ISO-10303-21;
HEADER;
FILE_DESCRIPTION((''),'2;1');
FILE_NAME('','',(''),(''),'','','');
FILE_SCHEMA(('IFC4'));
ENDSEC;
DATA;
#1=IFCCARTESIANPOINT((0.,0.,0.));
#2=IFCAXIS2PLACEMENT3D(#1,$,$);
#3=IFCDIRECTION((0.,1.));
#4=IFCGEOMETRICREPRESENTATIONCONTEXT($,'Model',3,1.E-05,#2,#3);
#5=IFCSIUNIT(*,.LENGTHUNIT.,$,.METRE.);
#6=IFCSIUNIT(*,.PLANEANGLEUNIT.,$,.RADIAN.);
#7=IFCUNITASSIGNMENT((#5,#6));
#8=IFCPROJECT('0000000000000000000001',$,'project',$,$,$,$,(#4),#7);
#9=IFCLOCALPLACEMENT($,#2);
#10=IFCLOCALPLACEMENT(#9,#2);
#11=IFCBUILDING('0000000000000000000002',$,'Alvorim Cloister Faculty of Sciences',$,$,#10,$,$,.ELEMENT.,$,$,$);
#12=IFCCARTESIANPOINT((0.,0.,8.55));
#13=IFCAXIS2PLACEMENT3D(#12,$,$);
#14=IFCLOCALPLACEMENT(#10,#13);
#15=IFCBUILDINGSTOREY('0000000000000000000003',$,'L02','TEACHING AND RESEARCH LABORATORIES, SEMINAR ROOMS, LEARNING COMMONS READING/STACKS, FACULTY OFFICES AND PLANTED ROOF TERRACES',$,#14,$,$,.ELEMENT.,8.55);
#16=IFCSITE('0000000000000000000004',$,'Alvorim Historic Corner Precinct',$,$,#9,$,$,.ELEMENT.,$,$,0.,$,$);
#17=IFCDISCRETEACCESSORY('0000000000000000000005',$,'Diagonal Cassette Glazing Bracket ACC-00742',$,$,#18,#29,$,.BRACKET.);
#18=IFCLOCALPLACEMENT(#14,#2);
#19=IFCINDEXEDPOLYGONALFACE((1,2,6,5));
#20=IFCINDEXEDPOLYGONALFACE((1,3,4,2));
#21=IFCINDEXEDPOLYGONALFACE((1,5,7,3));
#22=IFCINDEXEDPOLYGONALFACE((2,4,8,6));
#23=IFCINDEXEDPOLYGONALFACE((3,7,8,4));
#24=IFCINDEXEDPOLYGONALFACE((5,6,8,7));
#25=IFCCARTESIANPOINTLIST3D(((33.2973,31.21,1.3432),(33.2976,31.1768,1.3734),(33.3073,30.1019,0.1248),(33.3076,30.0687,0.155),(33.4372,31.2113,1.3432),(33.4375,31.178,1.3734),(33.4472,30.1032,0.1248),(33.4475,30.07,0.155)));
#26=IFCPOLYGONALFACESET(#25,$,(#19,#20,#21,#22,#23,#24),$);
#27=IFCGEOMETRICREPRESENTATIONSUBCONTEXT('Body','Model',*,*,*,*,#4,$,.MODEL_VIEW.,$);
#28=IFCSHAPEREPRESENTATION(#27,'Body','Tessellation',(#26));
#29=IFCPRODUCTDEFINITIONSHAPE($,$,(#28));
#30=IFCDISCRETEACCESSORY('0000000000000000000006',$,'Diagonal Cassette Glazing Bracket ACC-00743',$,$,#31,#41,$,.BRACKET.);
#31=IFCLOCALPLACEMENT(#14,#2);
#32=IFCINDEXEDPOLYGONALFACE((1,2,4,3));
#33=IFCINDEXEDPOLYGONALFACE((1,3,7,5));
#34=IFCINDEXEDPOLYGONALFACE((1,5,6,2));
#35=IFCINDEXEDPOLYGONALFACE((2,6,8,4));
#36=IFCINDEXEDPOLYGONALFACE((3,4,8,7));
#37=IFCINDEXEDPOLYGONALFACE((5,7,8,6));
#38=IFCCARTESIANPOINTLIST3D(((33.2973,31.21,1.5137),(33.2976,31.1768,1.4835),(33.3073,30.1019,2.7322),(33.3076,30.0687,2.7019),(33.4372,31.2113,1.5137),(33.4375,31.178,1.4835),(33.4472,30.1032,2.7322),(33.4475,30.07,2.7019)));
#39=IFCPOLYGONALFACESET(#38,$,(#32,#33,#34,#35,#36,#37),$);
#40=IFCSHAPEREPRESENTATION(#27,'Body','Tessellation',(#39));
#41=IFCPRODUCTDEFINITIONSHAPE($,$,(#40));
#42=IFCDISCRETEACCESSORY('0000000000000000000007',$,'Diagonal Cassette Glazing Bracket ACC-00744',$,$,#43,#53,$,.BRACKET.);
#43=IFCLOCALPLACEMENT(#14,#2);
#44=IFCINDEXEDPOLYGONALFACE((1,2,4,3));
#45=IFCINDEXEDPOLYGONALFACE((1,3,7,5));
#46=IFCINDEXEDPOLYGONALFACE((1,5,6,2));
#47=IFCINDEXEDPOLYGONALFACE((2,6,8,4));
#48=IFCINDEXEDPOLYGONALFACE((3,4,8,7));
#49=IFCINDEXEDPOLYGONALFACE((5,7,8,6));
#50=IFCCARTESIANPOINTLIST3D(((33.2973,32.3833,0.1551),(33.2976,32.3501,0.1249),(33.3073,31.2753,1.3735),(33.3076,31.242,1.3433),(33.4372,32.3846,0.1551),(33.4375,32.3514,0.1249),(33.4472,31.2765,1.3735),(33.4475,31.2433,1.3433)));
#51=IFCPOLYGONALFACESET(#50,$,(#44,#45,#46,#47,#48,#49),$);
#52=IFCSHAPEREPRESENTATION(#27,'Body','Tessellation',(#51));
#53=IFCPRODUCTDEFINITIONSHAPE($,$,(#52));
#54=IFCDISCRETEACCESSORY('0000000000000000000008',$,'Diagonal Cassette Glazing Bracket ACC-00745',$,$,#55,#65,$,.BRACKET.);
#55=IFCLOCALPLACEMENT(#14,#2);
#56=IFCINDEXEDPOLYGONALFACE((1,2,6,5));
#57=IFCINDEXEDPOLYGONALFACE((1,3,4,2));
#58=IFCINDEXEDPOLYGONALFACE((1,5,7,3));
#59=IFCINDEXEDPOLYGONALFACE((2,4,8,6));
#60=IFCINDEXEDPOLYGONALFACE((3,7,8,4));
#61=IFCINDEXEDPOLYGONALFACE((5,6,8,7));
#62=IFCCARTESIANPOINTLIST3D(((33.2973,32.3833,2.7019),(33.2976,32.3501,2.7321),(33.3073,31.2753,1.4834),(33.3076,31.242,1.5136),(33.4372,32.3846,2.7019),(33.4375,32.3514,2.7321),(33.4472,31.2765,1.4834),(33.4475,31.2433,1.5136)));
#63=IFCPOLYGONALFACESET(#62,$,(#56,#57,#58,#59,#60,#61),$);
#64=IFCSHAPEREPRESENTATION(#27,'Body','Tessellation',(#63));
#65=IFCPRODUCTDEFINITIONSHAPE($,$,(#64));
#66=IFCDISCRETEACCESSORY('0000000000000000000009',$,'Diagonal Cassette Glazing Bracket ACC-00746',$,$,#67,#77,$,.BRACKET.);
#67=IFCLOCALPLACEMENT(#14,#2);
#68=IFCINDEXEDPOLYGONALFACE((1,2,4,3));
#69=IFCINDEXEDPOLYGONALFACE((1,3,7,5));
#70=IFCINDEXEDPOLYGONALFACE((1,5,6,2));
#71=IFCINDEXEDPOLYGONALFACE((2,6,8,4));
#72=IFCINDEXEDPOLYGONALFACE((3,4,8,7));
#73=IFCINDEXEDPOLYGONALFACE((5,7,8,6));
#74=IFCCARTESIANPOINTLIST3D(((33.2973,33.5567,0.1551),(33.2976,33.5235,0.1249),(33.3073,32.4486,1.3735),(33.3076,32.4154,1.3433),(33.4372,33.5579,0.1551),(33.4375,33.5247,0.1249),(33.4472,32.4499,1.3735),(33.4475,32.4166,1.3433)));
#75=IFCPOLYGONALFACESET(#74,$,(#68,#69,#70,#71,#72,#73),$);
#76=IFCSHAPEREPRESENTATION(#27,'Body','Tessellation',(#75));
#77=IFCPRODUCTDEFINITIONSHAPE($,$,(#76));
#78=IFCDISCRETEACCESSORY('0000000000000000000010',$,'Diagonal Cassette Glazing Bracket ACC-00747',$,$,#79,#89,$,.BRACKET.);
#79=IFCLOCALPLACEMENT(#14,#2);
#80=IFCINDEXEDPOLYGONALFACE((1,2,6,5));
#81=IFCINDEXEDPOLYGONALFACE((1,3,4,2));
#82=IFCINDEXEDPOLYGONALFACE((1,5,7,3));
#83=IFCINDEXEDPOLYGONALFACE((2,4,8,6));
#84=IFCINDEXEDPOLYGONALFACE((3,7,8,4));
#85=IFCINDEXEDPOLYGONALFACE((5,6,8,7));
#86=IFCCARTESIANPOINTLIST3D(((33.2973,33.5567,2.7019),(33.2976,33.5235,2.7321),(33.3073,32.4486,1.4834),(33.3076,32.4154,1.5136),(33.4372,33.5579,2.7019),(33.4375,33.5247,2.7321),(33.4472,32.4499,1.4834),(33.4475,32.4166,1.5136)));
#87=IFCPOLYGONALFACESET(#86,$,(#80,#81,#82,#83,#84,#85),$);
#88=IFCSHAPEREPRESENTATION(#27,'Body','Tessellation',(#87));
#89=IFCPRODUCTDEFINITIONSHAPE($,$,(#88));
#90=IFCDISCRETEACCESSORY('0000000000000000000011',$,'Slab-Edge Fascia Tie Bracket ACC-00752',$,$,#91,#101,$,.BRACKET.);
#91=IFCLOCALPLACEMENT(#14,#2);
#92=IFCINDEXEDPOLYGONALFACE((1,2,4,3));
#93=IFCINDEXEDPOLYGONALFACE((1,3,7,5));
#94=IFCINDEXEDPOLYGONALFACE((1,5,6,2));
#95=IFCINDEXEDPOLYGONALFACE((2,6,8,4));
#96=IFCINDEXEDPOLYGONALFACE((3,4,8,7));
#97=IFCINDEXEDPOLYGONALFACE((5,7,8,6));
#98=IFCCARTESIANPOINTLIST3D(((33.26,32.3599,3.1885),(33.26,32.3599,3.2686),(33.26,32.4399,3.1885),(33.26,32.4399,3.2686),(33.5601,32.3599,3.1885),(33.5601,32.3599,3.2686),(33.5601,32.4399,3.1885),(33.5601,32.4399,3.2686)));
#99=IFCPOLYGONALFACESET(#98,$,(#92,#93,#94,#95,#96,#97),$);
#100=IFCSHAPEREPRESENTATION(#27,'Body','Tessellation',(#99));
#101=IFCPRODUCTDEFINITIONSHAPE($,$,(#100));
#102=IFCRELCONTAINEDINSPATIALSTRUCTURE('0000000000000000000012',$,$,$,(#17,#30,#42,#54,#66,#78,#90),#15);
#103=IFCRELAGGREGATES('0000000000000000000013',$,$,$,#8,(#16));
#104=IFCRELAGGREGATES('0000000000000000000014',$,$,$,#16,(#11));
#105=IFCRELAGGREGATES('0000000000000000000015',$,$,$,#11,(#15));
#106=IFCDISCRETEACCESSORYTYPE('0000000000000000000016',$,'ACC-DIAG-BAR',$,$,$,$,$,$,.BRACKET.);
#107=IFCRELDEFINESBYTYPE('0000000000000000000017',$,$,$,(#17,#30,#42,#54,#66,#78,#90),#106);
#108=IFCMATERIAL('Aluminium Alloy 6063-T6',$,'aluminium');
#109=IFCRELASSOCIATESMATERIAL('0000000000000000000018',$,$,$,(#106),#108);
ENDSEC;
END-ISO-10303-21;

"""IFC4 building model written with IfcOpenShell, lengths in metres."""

from ifc_helpers import new_model, si_unit, direction, frame, origin, origin_2d, place, context, subcontext, project, spatial, rectangle, extrude, material, type_object, element, save


model = new_model("IFC4")

# Units and contexts
model_context = context("Model", 3, precision=1e-05, world=origin(), true_north=direction((0.0, 1.0)))
body_context = subcontext(model_context, "Body", "Model", "MODEL_VIEW")
ifc_project = project(units=[si_unit("LENGTHUNIT", "METRE"), si_unit("PLANEANGLEUNIT", "RADIAN")], contexts=[model_context])

# Site, building, storey
site_placement = place(None, origin())
site = spatial("IfcSite", under=ifc_project, at=site_placement, Name="Alvorim Historic Corner Precinct", CompositionType="ELEMENT", RefElevation=0.0)
building_placement = place(site_placement, origin())
building = spatial("IfcBuilding", under=site, at=building_placement, Name="Alvorim Cloister Faculty of Sciences", CompositionType="ELEMENT")
storey_placement = place(building_placement, frame((0.0, 0.0, 8.55)))
storey = spatial("IfcBuildingStorey", under=building, at=storey_placement, Name="L02", Description="TEACHING AND RESEARCH LABORATORIES, SEMINAR ROOMS, LEARNING COMMONS READING/STACKS, FACULTY OFFICES AND PLANTED ROOF TERRACES", CompositionType="ELEMENT", Elevation=8.55)

# Shared definitions
ifc_material_1 = material(Name="Aluminium Alloy 6063-T6", Category="aluminium")

# Discrete accessories
discrete_accessory_type = type_object("IfcDiscreteAccessoryType", Name="ACC-DIAG-BAR", PredefinedType="BRACKET", material=ifc_material_1)
for number, where, z_axis, x_axis, name in (
    (1, (33.3774, 30.0859, 0.1399), (-0.006077, 0.672801, 0.739799), (-0.999959, -0.009032, 0.0), "Diagonal Cassette Glazing Bracket ACC-00742"),
    (2, (33.3774, 30.0859, 2.717), (-0.006077, 0.672801, -0.739799), (-0.999959, -0.009032, 0.0), "Diagonal Cassette Glazing Bracket ACC-00743"),
    (3, (33.3774, 31.2593, 1.3584), (-0.006077, 0.672801, -0.739799), (-0.999959, -0.009032, 0.0), "Diagonal Cassette Glazing Bracket ACC-00744"),
    (4, (33.3774, 31.2593, 1.4985), (-0.006077, 0.672801, 0.739799), (-0.999959, -0.009032, 0.0), "Diagonal Cassette Glazing Bracket ACC-00745"),
    (5, (33.3774, 32.4326, 1.3584), (-0.006077, 0.672801, -0.739799), (-0.999959, -0.009032, 0.0), "Diagonal Cassette Glazing Bracket ACC-00746"),
    (6, (33.3774, 32.4326, 1.4985), (-0.006077, 0.672801, 0.739799), (-0.999959, -0.009032, 0.0), "Diagonal Cassette Glazing Bracket ACC-00747"),
):
    element("IfcDiscreteAccessory", number, at=place(storey_placement, frame(where, z_axis=z_axis, x_axis=x_axis)), inside=storey, type_object=discrete_accessory_type, Name=name, PredefinedType="BRACKET", context=body_context, shape_type="SweptSolid", body=[
        extrude(rectangle(XDim=0.1399, YDim=0.0449, at=origin_2d()), origin(), (0.0, 0.0, 1.0), 1.647),
    ])
discrete_accessory_placement = place(storey_placement, frame((33.26, 32.3999, 3.2285), z_axis=(1.0, 0.0, 0.0), x_axis=(0.0, 1.0, 0.0)))
element("IfcDiscreteAccessory", 7, at=discrete_accessory_placement, inside=storey, type_object=discrete_accessory_type, Name="Slab-Edge Fascia Tie Bracket ACC-00752", PredefinedType="BRACKET", context=body_context, shape_type="SweptSolid", body=[
    extrude(rectangle(XDim=0.0801, YDim=0.0801, at=origin_2d()), origin(), (0.0, 0.0, 1.0), 0.3),
])

save(model, "model.ifc")
